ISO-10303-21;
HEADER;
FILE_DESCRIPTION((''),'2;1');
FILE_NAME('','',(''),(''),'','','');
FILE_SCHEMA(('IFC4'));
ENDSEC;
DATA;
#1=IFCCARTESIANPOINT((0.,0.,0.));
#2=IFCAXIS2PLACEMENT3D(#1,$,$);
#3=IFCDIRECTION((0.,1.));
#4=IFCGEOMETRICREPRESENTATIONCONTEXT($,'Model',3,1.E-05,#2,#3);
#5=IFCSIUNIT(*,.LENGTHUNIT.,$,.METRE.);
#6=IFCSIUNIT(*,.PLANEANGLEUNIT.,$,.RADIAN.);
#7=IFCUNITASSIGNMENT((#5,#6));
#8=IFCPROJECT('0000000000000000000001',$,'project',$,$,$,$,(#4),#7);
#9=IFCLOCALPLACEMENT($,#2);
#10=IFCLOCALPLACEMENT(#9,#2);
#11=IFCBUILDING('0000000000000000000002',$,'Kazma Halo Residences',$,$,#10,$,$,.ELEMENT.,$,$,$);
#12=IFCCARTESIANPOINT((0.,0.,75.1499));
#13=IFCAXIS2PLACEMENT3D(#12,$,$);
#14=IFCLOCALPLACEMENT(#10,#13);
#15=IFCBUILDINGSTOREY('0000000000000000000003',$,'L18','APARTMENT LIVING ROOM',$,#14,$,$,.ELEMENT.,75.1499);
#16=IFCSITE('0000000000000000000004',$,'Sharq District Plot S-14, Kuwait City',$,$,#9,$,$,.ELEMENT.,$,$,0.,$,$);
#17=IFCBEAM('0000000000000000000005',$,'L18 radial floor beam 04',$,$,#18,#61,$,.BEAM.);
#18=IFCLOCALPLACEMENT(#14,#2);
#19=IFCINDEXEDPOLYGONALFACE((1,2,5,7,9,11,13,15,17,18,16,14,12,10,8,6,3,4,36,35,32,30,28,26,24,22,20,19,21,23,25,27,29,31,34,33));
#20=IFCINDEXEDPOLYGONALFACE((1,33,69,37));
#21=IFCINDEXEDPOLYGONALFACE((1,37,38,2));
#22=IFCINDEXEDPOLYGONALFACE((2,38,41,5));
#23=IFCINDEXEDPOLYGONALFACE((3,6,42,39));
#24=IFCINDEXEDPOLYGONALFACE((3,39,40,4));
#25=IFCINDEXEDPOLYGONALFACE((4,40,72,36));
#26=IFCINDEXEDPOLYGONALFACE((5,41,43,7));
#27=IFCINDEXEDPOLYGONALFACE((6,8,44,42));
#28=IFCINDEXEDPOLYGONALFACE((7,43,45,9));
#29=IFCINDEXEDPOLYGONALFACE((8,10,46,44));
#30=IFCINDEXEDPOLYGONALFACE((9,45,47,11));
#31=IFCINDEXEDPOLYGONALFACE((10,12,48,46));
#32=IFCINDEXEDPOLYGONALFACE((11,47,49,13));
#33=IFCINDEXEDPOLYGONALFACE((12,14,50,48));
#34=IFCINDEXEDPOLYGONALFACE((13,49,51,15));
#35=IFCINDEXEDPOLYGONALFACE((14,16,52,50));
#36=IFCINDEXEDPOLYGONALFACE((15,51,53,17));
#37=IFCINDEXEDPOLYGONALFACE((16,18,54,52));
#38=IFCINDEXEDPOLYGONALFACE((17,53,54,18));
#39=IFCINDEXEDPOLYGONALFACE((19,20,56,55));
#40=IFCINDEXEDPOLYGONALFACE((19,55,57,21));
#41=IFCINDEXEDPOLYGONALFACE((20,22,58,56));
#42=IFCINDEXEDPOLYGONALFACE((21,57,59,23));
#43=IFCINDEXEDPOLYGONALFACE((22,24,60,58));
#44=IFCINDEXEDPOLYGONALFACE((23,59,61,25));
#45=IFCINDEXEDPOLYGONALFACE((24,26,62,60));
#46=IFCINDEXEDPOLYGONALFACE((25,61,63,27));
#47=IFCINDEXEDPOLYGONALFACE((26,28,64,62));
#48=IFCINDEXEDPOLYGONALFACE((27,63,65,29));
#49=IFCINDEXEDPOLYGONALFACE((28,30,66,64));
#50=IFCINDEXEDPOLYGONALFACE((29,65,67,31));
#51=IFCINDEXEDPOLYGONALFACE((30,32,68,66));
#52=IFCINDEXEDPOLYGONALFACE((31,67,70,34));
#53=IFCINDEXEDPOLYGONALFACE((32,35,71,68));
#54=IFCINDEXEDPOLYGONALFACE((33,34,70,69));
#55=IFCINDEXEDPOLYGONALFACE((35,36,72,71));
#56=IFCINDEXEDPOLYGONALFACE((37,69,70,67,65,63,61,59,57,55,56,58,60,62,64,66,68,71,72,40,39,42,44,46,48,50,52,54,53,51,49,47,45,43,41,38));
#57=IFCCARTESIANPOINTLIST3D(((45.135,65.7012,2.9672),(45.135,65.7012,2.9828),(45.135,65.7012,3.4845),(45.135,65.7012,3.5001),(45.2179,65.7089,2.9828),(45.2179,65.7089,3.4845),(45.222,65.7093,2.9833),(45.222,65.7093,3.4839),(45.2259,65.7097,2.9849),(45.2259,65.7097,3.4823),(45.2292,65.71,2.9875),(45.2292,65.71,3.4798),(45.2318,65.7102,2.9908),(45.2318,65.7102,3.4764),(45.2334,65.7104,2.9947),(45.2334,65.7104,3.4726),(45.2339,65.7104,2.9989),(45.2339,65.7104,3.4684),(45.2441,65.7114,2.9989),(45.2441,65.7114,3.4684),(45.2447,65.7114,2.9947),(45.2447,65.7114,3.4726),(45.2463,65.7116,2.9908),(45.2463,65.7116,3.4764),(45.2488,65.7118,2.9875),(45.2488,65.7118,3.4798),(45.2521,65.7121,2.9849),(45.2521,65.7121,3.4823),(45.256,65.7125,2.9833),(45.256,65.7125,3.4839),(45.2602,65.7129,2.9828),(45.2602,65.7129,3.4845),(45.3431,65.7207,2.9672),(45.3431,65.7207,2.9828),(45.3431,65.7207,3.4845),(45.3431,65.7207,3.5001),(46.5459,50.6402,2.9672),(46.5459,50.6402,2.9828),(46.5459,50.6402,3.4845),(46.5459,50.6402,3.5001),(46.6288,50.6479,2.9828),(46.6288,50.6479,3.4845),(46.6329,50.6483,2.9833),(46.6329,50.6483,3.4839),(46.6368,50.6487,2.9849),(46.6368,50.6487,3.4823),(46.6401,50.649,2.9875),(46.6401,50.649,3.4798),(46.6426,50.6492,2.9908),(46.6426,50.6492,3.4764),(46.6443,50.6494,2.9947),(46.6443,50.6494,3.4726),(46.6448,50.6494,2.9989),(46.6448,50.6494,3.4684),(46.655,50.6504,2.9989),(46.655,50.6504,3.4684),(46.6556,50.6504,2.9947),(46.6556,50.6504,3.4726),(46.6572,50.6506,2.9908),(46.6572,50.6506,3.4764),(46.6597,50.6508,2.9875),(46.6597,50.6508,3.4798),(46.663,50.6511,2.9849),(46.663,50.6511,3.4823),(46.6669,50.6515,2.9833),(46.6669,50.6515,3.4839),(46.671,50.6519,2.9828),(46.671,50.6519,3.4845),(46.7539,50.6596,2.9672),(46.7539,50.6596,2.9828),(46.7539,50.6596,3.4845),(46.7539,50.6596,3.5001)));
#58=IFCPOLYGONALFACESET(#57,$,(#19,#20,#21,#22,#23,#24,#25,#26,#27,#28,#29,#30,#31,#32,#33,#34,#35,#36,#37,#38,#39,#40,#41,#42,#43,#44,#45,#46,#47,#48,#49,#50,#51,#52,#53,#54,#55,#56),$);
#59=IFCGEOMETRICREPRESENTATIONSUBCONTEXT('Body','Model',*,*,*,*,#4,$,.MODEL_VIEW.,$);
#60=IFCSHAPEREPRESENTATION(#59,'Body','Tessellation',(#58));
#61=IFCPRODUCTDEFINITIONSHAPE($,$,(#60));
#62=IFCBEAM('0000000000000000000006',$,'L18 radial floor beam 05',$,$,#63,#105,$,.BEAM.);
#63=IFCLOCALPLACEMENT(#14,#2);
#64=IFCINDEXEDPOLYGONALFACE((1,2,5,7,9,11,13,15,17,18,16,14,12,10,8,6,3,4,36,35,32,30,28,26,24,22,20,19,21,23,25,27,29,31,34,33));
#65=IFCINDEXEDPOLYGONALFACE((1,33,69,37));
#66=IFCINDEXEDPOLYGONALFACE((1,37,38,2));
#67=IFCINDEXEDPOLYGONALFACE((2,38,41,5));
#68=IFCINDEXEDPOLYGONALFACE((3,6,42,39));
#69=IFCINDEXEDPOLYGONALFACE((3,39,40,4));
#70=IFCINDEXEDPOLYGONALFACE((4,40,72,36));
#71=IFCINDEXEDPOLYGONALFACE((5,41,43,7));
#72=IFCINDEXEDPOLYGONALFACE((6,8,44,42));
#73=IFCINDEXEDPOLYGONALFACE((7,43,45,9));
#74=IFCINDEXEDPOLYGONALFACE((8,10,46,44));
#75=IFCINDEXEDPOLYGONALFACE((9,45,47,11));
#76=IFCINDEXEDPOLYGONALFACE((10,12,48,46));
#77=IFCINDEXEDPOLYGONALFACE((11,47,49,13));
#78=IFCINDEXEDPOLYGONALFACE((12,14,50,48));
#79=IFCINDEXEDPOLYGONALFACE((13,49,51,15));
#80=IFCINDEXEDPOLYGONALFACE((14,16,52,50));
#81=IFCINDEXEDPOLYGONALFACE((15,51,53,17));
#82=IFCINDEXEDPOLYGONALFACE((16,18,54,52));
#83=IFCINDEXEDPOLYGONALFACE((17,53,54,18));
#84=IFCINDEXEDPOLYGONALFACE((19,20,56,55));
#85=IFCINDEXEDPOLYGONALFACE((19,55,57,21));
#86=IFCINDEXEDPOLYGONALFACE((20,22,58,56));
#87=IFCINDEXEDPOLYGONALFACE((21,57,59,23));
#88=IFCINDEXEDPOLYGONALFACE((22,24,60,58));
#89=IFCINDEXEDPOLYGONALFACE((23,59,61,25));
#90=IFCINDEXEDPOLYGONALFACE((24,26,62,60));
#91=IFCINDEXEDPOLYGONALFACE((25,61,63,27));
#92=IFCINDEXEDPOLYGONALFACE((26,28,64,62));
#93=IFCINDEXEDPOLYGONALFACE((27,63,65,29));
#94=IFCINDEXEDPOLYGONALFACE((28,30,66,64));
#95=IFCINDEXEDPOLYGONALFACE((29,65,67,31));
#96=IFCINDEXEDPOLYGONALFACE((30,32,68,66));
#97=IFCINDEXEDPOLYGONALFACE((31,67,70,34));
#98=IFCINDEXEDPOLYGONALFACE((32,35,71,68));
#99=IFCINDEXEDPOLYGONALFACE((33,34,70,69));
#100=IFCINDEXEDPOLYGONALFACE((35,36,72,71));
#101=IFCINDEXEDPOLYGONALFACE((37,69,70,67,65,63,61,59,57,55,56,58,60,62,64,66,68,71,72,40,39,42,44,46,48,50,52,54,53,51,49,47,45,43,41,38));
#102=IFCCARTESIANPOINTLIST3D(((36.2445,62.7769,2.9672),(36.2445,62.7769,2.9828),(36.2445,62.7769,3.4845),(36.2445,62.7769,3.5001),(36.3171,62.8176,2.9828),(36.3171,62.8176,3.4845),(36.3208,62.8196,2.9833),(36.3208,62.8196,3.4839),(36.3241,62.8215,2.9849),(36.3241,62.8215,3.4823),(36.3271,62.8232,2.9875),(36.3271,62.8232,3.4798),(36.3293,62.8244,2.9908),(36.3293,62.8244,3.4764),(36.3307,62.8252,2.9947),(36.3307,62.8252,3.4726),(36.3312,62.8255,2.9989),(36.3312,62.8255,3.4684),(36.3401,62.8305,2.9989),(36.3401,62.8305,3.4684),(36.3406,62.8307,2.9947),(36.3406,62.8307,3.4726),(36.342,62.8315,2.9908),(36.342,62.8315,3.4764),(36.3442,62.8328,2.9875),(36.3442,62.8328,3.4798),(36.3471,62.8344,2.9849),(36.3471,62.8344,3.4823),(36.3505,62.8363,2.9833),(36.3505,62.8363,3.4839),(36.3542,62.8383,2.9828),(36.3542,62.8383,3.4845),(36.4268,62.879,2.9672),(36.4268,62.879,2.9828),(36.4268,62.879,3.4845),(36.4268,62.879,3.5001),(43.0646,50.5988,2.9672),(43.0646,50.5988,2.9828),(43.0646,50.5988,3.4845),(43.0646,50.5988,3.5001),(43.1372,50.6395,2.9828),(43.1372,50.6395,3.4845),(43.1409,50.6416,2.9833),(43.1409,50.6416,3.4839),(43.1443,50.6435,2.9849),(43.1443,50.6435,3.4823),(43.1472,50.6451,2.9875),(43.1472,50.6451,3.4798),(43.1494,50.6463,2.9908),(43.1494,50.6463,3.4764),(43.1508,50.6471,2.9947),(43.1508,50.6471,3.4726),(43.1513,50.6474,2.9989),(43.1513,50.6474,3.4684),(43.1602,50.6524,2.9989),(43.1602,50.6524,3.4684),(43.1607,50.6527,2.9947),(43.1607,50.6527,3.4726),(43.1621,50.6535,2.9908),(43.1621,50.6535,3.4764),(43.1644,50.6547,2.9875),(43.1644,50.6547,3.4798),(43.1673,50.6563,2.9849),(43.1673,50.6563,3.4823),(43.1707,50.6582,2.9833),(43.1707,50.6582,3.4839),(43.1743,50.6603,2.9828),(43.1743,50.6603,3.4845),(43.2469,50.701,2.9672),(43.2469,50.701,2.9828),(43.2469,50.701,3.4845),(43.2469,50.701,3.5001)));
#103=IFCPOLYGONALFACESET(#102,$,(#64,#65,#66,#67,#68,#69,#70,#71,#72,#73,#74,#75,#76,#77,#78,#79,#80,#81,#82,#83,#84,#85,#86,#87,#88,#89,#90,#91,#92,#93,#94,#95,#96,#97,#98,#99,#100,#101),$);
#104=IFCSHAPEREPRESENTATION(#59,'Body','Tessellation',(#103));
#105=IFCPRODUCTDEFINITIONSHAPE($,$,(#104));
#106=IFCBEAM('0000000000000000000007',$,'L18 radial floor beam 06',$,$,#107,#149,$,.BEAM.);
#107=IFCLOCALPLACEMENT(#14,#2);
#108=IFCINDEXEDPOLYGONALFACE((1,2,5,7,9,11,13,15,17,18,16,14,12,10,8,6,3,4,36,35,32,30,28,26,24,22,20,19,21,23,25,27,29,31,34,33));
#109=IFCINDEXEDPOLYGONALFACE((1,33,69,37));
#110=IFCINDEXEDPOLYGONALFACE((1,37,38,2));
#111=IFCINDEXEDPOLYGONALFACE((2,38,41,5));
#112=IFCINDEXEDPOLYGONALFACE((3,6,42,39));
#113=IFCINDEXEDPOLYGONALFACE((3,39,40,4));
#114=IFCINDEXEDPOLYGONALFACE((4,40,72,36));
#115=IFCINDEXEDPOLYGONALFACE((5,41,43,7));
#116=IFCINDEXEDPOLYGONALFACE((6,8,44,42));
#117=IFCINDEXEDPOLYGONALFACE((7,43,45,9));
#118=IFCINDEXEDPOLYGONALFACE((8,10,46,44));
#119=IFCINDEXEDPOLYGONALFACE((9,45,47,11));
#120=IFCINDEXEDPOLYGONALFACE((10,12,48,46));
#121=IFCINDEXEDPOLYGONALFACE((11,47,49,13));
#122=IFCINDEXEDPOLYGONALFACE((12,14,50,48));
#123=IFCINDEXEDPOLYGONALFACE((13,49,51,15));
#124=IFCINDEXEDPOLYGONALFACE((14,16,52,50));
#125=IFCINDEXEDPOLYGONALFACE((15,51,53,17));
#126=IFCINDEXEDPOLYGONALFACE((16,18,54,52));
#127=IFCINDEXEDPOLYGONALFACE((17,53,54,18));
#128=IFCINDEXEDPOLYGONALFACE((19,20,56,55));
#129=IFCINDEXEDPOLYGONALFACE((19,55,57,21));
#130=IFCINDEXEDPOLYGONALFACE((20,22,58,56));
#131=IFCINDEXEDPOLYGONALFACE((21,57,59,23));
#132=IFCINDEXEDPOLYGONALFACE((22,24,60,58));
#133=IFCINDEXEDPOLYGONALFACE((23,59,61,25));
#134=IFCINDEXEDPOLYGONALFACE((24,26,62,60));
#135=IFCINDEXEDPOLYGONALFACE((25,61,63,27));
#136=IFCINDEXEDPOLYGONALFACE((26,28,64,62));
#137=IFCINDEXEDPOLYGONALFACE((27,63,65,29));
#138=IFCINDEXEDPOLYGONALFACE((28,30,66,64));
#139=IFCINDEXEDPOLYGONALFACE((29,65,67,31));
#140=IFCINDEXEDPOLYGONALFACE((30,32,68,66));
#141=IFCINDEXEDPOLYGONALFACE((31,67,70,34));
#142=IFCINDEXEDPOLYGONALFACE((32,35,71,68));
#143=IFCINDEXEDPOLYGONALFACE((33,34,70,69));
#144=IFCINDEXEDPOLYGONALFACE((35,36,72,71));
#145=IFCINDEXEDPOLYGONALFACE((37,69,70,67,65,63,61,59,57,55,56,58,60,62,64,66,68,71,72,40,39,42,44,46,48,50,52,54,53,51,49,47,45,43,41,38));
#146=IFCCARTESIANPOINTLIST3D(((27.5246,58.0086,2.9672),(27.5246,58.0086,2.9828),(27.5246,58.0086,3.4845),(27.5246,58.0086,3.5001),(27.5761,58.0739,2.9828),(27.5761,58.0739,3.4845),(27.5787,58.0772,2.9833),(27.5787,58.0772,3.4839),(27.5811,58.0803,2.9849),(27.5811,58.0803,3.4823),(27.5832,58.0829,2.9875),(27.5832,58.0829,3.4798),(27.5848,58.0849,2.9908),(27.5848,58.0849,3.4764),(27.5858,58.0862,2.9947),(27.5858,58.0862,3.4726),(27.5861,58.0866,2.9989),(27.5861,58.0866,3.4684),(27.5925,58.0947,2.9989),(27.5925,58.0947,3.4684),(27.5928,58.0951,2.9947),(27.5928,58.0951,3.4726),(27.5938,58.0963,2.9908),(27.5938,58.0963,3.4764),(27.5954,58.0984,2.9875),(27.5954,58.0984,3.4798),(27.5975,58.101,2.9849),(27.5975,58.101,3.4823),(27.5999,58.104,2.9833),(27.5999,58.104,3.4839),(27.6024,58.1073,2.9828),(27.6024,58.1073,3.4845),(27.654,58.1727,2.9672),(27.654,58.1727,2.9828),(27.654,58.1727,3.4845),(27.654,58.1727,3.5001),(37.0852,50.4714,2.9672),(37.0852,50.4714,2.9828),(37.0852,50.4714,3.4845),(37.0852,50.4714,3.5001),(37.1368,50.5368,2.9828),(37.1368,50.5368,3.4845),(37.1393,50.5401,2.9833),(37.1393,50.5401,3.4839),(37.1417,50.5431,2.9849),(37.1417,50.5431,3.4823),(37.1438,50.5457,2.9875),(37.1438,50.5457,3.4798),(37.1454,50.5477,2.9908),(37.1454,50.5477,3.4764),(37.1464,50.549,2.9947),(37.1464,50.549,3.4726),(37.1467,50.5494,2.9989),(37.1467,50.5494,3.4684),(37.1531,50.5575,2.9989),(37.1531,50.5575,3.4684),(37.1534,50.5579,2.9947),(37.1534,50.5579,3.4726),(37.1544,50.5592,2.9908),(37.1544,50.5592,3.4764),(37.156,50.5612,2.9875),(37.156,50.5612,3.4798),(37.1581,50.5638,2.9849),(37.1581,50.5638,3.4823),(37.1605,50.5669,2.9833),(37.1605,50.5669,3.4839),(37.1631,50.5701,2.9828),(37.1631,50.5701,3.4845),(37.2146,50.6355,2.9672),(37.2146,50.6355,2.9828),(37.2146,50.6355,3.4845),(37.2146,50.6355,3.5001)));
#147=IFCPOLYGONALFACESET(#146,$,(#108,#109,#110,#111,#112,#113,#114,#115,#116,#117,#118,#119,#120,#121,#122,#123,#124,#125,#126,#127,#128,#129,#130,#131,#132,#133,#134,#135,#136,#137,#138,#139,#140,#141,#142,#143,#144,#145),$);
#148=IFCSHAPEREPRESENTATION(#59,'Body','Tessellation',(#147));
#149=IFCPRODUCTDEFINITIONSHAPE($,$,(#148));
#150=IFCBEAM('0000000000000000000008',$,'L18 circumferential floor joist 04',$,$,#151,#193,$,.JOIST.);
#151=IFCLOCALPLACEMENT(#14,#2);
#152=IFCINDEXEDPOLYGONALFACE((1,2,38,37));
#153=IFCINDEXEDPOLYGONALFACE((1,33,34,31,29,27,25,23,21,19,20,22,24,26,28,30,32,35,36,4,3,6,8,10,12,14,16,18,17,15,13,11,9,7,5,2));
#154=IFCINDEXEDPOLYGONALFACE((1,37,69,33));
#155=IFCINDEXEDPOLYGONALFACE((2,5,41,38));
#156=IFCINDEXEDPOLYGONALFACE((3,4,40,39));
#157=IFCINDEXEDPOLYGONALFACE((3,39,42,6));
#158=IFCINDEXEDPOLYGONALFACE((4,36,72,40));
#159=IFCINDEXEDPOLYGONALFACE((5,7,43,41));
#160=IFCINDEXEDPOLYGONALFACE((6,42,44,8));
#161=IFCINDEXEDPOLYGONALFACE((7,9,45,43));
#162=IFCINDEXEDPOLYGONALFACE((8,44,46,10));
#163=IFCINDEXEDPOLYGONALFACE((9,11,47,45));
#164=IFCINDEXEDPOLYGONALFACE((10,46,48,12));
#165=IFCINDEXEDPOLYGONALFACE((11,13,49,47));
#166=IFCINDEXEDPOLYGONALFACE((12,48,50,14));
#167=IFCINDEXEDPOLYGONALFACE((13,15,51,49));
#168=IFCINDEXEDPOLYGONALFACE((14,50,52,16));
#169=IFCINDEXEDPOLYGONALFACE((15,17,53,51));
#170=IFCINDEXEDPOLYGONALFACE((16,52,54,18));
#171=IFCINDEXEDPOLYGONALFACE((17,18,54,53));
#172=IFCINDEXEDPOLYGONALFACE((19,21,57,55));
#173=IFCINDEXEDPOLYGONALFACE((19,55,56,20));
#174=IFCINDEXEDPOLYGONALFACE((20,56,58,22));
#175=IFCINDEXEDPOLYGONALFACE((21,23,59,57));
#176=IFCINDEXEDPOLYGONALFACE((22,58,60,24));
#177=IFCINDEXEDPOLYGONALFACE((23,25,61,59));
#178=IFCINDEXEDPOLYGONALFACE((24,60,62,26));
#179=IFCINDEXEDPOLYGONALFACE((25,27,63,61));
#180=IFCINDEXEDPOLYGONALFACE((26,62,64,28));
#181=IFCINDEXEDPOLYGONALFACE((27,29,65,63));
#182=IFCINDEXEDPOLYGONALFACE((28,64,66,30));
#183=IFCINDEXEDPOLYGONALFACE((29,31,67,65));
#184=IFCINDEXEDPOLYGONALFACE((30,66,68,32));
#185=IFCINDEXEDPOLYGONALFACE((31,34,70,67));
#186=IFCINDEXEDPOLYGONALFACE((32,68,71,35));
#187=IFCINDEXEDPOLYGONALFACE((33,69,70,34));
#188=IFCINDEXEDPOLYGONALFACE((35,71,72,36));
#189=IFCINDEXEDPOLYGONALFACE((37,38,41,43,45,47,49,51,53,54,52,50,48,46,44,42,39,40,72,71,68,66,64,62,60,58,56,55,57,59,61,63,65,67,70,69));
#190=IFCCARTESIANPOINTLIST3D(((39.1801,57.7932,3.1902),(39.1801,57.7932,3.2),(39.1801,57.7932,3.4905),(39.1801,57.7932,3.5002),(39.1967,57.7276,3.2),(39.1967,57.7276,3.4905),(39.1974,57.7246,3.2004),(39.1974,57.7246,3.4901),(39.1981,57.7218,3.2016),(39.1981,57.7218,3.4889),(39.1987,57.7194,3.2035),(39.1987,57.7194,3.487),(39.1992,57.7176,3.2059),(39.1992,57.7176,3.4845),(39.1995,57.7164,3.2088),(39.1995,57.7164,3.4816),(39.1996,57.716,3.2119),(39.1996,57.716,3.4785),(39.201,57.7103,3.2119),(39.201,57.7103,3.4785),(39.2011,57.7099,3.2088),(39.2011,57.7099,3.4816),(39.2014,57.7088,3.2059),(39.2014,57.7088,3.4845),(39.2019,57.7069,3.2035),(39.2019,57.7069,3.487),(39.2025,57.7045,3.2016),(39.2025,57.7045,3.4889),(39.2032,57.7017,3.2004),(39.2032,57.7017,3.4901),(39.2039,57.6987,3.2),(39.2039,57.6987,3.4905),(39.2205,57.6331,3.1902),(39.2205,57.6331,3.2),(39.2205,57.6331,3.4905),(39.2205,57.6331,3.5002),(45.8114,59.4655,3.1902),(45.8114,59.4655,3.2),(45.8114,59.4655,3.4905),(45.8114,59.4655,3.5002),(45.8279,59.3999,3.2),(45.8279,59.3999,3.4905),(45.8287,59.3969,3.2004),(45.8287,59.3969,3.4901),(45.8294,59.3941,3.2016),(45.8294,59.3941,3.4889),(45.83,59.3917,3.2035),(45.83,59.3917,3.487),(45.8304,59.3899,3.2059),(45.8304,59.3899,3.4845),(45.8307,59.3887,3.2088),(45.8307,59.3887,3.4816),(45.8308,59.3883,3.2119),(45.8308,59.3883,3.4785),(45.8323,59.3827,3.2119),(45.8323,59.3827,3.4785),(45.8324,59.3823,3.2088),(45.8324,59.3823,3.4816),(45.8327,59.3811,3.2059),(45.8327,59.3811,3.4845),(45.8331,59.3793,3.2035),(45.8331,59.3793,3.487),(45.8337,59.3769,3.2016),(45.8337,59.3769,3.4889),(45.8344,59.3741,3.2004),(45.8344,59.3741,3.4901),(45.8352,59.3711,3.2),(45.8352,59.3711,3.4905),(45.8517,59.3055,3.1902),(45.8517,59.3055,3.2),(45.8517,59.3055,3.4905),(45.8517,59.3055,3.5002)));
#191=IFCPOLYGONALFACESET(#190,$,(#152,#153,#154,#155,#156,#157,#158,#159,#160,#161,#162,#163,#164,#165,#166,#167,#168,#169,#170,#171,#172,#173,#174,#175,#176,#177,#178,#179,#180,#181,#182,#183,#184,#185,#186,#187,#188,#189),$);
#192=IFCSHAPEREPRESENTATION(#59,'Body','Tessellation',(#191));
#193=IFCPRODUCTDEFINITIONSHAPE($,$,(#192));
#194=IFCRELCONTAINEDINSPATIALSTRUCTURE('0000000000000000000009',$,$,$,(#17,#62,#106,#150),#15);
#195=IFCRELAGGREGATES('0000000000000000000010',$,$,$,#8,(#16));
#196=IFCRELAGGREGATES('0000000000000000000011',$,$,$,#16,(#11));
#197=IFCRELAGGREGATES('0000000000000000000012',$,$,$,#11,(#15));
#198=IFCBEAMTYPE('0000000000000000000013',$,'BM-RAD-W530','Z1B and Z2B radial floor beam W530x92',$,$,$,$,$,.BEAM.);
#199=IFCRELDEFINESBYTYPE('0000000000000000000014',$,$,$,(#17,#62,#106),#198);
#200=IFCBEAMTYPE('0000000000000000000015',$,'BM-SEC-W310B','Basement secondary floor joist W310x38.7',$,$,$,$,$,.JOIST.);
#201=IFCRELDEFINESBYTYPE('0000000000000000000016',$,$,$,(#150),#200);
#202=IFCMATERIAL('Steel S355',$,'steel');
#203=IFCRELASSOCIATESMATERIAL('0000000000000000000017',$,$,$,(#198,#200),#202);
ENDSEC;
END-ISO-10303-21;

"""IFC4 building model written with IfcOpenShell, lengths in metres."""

from ifc_helpers import new_model, si_unit, direction, frame, origin, origin_2d, place, context, subcontext, project, spatial, i_section, extrude, material, material_profile, profile_set, type_object, element, save


model = new_model("IFC4")

# Units and contexts
model_context = context("Model", 3, precision=1e-05, world=origin(), true_north=direction((0.0, 1.0)))
body_context = subcontext(model_context, "Body", "Model", "MODEL_VIEW")
ifc_project = project(units=[si_unit("LENGTHUNIT", "METRE"), si_unit("PLANEANGLEUNIT", "RADIAN")], contexts=[model_context])

# Site, building, storey
site_placement = place(None, origin())
site = spatial("IfcSite", under=ifc_project, at=site_placement, Name="Sharq District Plot S-14, Kuwait City", CompositionType="ELEMENT", RefElevation=0.0)
building_placement = place(site_placement, origin())
building = spatial("IfcBuilding", under=site, at=building_placement, Name="Kazma Halo Residences", CompositionType="ELEMENT")
storey_placement = place(building_placement, frame((0.0, 0.0, 75.1499)))
storey = spatial("IfcBuildingStorey", under=building, at=storey_placement, Name="L18", Description="APARTMENT LIVING ROOM", CompositionType="ELEMENT", Elevation=75.1499)

# Beams
ifc_material_1 = material(Name="Steel S355", Category="steel")
ifc_material_profile_1 = material_profile(ifc_material_1, i_section(OverallWidth=0.209, OverallDepth=0.533, WebThickness=0.0103, FlangeThickness=0.0156, FilletRadius=0.0161, at=origin_2d()), Name="W530x92")
ifc_profile_set_1 = profile_set([ifc_material_profile_1], Name="Steel S355")
beam_type_1 = type_object("IfcBeamType", Name="BM-RAD-W530", Description="Z1B and Z2B radial floor beam W530x92", PredefinedType="BEAM", material=ifc_profile_set_1)
beam_1_placement = place(storey_placement, frame((46.6499, 50.6499, 3.2336), z_axis=(-0.09327, 0.995641, 0.0), x_axis=(-0.995641, -0.09327, 0.0)))
element("IfcBeam", 1, at=beam_1_placement, inside=storey, type_object=beam_type_1, Name="L18 radial floor beam 04", PredefinedType="BEAM", context=body_context, shape_type="SweptSolid", body=[
    extrude(i_section(OverallWidth=0.209, OverallDepth=0.533, WebThickness=0.0103, FlangeThickness=0.0156, FilletRadius=0.0161, at=origin_2d()), origin(), (0.0, 0.0, 1.0), 15.127),
])
beam_2_placement = place(storey_placement, frame((43.1558, 50.6499, 3.2336), z_axis=(-0.488625, 0.872494, 0.0), x_axis=(-0.872494, -0.488625, 0.0)))
element("IfcBeam", 2, at=beam_2_placement, inside=storey, type_object=beam_type_1, Name="L18 radial floor beam 05", PredefinedType="BEAM", context=body_context, shape_type="SweptSolid", body=[
    extrude(i_section(OverallWidth=0.209, OverallDepth=0.533, WebThickness=0.0103, FlangeThickness=0.0156, FilletRadius=0.0161, at=origin_2d()), origin(), (0.0, 0.0, 1.0), 13.9578),
])
beam_3_placement = place(storey_placement, frame((37.1499, 50.5535, 3.2336), z_axis=(-0.78531, 0.619103, 0.0), x_axis=(-0.619103, -0.78531, 0.0)))
element("IfcBeam", 3, at=beam_3_placement, inside=storey, type_object=beam_type_1, Name="L18 radial floor beam 06", PredefinedType="BEAM", context=body_context, shape_type="SweptSolid", body=[
    extrude(i_section(OverallWidth=0.209, OverallDepth=0.533, WebThickness=0.0103, FlangeThickness=0.0156, FilletRadius=0.0161, at=origin_2d()), origin(), (0.0, 0.0, 1.0), 12.1743),
])
ifc_material_profile_2 = material_profile(ifc_material_1, i_section(OverallWidth=0.165, OverallDepth=0.3101, WebThickness=0.0059, FlangeThickness=0.0098, FilletRadius=0.012, at=origin_2d()), Name="W310x38.7")
ifc_profile_set_2 = profile_set([ifc_material_profile_2], Name="Steel S355")
beam_type_2 = type_object("IfcBeamType", Name="BM-SEC-W310B", Description="Basement secondary floor joist W310x38.7", PredefinedType="JOIST", material=ifc_profile_set_2)
beam_4_placement = place(storey_placement, frame((45.8315, 59.3855, 3.3452), z_axis=(-0.969641, -0.244534, 0.0), x_axis=(0.244534, -0.969641, 0.0)))
element("IfcBeam", 4, at=beam_4_placement, inside=storey, type_object=beam_type_2, Name="L18 circumferential floor joist 04", PredefinedType="JOIST", context=body_context, shape_type="SweptSolid", body=[
    extrude(i_section(OverallWidth=0.165, OverallDepth=0.3101, WebThickness=0.0059, FlangeThickness=0.0098, FilletRadius=0.012, at=origin_2d()), origin(), (0.0, 0.0, 1.0), 6.8389),
])

save(model, "model.ifc")
